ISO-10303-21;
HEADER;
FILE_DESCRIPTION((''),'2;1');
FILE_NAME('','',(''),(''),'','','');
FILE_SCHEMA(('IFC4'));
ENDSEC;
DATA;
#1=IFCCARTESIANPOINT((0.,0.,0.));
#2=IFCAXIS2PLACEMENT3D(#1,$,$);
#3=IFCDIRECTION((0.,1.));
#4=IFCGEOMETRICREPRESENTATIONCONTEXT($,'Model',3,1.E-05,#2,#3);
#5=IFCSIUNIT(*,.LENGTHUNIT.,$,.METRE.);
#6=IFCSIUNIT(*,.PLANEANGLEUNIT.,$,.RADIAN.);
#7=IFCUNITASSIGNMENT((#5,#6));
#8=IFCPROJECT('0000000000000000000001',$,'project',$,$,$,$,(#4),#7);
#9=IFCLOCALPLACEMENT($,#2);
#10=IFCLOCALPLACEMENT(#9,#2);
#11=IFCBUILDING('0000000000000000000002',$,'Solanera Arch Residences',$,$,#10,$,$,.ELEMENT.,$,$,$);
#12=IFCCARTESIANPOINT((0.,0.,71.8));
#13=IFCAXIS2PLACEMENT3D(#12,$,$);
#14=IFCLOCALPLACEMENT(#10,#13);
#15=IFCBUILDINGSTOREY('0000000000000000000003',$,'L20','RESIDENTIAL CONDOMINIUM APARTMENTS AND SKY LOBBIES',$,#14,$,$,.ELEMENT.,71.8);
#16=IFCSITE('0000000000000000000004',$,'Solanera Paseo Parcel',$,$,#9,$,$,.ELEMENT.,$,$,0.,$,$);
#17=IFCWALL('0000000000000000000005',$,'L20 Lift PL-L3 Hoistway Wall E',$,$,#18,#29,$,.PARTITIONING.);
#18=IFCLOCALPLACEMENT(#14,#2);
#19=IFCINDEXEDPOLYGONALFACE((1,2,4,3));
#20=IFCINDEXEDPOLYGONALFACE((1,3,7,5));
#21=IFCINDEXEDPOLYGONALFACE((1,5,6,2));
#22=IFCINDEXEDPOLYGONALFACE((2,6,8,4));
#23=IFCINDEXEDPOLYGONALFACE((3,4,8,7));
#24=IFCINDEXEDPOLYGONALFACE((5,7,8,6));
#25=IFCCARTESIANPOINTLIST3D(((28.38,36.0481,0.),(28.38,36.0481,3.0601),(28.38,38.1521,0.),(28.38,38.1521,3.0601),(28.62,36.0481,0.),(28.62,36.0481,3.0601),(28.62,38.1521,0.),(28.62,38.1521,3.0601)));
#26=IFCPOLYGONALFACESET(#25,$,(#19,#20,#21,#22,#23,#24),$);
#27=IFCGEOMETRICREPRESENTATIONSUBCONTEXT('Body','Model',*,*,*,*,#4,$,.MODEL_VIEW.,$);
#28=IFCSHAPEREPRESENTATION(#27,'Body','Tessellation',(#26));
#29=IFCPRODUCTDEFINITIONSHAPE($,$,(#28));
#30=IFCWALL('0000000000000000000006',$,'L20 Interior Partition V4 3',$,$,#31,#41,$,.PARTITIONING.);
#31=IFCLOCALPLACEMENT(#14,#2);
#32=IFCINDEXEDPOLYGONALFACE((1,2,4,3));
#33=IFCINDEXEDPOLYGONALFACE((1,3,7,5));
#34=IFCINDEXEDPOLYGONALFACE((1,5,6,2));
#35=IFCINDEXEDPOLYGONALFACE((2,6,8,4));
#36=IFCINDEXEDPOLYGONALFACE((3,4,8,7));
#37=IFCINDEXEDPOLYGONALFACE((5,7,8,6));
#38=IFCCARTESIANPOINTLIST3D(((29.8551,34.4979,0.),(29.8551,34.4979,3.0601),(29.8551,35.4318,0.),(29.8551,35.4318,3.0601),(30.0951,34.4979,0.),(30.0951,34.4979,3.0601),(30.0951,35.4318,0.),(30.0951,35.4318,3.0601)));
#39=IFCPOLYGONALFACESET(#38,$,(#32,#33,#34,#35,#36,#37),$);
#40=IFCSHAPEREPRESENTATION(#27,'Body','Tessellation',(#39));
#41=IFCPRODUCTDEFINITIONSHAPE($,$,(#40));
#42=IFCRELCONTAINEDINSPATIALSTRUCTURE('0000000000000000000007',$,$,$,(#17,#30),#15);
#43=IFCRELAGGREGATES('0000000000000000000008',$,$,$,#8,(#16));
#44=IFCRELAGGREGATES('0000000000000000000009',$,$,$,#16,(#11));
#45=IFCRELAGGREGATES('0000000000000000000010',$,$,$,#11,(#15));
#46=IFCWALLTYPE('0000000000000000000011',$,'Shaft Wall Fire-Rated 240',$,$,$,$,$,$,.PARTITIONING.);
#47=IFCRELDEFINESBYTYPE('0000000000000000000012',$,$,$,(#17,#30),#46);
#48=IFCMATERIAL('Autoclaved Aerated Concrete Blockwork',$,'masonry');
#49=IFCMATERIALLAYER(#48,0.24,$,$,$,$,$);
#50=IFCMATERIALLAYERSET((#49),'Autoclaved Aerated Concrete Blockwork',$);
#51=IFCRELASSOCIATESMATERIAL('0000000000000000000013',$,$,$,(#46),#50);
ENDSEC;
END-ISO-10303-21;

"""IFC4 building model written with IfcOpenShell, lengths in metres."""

from ifc_helpers import new_model, si_unit, direction, frame, frame_2d, origin, place, context, subcontext, project, spatial, rectangle, extrude, material, layer, layer_set, type_object, element, save


model = new_model("IFC4")

# Units and contexts
model_context = context("Model", 3, precision=1e-05, world=origin(), true_north=direction((0.0, 1.0)))
body_context = subcontext(model_context, "Body", "Model", "MODEL_VIEW")
ifc_project = project(units=[si_unit("LENGTHUNIT", "METRE"), si_unit("PLANEANGLEUNIT", "RADIAN")], contexts=[model_context])

# Site, building, storey
site_placement = place(None, origin())
site = spatial("IfcSite", under=ifc_project, at=site_placement, Name="Solanera Paseo Parcel", CompositionType="ELEMENT", RefElevation=0.0)
building_placement = place(site_placement, origin())
building = spatial("IfcBuilding", under=site, at=building_placement, Name="Solanera Arch Residences", CompositionType="ELEMENT")
storey_placement = place(building_placement, frame((0.0, 0.0, 71.8)))
storey = spatial("IfcBuildingStorey", under=building, at=storey_placement, Name="L20", Description="RESIDENTIAL CONDOMINIUM APARTMENTS AND SKY LOBBIES", CompositionType="ELEMENT", Elevation=71.8)

# Wall
ifc_material_1 = material(Name="Autoclaved Aerated Concrete Blockwork", Category="masonry")
ifc_layer_1 = layer(ifc_material_1, 0.24)
ifc_layer_set_1 = layer_set([ifc_layer_1], Name="Autoclaved Aerated Concrete Blockwork")
wall_type_1 = type_object("IfcWallType", Name="Shaft Wall Fire-Rated 240", PredefinedType="PARTITIONING", material=ifc_layer_set_1)
for number, where, z_axis, x_axis, name in (
    (1, (28.5, 36.0481, 0.0), (0.0, 0.0, 1.0), (0.0, 1.0, 0.0), "L20 Lift PL-L3 Hoistway Wall E"),
):
    element("IfcWall", number, at=place(storey_placement, frame(where, z_axis=z_axis, x_axis=x_axis)), inside=storey, type_object=wall_type_1, Name=name, PredefinedType="PARTITIONING", context=body_context, shape_type="SweptSolid", body=[
        extrude(rectangle(XDim=2.104, YDim=0.24, at=frame_2d((1.052, 0.0))), origin(), (0.0, 0.0, 1.0), 3.0601),
    ])

# Wall
wall_1_placement = place(storey_placement, frame((29.9751, 34.498, 0.0), z_axis=(0.0, 0.0, 1.0), x_axis=(0.0, 1.0, 0.0)))
element("IfcWall", 2, at=wall_1_placement, inside=storey, type_object=wall_type_1, Name="L20 Interior Partition V4 3", PredefinedType="PARTITIONING", context=body_context, shape_type="SweptSolid", body=[
    extrude(rectangle(XDim=0.9338, YDim=0.24, at=frame_2d((0.4668, 0.0))), origin(), (0.0, 0.0, 1.0), 3.0601),
])

save(model, "model.ifc")
